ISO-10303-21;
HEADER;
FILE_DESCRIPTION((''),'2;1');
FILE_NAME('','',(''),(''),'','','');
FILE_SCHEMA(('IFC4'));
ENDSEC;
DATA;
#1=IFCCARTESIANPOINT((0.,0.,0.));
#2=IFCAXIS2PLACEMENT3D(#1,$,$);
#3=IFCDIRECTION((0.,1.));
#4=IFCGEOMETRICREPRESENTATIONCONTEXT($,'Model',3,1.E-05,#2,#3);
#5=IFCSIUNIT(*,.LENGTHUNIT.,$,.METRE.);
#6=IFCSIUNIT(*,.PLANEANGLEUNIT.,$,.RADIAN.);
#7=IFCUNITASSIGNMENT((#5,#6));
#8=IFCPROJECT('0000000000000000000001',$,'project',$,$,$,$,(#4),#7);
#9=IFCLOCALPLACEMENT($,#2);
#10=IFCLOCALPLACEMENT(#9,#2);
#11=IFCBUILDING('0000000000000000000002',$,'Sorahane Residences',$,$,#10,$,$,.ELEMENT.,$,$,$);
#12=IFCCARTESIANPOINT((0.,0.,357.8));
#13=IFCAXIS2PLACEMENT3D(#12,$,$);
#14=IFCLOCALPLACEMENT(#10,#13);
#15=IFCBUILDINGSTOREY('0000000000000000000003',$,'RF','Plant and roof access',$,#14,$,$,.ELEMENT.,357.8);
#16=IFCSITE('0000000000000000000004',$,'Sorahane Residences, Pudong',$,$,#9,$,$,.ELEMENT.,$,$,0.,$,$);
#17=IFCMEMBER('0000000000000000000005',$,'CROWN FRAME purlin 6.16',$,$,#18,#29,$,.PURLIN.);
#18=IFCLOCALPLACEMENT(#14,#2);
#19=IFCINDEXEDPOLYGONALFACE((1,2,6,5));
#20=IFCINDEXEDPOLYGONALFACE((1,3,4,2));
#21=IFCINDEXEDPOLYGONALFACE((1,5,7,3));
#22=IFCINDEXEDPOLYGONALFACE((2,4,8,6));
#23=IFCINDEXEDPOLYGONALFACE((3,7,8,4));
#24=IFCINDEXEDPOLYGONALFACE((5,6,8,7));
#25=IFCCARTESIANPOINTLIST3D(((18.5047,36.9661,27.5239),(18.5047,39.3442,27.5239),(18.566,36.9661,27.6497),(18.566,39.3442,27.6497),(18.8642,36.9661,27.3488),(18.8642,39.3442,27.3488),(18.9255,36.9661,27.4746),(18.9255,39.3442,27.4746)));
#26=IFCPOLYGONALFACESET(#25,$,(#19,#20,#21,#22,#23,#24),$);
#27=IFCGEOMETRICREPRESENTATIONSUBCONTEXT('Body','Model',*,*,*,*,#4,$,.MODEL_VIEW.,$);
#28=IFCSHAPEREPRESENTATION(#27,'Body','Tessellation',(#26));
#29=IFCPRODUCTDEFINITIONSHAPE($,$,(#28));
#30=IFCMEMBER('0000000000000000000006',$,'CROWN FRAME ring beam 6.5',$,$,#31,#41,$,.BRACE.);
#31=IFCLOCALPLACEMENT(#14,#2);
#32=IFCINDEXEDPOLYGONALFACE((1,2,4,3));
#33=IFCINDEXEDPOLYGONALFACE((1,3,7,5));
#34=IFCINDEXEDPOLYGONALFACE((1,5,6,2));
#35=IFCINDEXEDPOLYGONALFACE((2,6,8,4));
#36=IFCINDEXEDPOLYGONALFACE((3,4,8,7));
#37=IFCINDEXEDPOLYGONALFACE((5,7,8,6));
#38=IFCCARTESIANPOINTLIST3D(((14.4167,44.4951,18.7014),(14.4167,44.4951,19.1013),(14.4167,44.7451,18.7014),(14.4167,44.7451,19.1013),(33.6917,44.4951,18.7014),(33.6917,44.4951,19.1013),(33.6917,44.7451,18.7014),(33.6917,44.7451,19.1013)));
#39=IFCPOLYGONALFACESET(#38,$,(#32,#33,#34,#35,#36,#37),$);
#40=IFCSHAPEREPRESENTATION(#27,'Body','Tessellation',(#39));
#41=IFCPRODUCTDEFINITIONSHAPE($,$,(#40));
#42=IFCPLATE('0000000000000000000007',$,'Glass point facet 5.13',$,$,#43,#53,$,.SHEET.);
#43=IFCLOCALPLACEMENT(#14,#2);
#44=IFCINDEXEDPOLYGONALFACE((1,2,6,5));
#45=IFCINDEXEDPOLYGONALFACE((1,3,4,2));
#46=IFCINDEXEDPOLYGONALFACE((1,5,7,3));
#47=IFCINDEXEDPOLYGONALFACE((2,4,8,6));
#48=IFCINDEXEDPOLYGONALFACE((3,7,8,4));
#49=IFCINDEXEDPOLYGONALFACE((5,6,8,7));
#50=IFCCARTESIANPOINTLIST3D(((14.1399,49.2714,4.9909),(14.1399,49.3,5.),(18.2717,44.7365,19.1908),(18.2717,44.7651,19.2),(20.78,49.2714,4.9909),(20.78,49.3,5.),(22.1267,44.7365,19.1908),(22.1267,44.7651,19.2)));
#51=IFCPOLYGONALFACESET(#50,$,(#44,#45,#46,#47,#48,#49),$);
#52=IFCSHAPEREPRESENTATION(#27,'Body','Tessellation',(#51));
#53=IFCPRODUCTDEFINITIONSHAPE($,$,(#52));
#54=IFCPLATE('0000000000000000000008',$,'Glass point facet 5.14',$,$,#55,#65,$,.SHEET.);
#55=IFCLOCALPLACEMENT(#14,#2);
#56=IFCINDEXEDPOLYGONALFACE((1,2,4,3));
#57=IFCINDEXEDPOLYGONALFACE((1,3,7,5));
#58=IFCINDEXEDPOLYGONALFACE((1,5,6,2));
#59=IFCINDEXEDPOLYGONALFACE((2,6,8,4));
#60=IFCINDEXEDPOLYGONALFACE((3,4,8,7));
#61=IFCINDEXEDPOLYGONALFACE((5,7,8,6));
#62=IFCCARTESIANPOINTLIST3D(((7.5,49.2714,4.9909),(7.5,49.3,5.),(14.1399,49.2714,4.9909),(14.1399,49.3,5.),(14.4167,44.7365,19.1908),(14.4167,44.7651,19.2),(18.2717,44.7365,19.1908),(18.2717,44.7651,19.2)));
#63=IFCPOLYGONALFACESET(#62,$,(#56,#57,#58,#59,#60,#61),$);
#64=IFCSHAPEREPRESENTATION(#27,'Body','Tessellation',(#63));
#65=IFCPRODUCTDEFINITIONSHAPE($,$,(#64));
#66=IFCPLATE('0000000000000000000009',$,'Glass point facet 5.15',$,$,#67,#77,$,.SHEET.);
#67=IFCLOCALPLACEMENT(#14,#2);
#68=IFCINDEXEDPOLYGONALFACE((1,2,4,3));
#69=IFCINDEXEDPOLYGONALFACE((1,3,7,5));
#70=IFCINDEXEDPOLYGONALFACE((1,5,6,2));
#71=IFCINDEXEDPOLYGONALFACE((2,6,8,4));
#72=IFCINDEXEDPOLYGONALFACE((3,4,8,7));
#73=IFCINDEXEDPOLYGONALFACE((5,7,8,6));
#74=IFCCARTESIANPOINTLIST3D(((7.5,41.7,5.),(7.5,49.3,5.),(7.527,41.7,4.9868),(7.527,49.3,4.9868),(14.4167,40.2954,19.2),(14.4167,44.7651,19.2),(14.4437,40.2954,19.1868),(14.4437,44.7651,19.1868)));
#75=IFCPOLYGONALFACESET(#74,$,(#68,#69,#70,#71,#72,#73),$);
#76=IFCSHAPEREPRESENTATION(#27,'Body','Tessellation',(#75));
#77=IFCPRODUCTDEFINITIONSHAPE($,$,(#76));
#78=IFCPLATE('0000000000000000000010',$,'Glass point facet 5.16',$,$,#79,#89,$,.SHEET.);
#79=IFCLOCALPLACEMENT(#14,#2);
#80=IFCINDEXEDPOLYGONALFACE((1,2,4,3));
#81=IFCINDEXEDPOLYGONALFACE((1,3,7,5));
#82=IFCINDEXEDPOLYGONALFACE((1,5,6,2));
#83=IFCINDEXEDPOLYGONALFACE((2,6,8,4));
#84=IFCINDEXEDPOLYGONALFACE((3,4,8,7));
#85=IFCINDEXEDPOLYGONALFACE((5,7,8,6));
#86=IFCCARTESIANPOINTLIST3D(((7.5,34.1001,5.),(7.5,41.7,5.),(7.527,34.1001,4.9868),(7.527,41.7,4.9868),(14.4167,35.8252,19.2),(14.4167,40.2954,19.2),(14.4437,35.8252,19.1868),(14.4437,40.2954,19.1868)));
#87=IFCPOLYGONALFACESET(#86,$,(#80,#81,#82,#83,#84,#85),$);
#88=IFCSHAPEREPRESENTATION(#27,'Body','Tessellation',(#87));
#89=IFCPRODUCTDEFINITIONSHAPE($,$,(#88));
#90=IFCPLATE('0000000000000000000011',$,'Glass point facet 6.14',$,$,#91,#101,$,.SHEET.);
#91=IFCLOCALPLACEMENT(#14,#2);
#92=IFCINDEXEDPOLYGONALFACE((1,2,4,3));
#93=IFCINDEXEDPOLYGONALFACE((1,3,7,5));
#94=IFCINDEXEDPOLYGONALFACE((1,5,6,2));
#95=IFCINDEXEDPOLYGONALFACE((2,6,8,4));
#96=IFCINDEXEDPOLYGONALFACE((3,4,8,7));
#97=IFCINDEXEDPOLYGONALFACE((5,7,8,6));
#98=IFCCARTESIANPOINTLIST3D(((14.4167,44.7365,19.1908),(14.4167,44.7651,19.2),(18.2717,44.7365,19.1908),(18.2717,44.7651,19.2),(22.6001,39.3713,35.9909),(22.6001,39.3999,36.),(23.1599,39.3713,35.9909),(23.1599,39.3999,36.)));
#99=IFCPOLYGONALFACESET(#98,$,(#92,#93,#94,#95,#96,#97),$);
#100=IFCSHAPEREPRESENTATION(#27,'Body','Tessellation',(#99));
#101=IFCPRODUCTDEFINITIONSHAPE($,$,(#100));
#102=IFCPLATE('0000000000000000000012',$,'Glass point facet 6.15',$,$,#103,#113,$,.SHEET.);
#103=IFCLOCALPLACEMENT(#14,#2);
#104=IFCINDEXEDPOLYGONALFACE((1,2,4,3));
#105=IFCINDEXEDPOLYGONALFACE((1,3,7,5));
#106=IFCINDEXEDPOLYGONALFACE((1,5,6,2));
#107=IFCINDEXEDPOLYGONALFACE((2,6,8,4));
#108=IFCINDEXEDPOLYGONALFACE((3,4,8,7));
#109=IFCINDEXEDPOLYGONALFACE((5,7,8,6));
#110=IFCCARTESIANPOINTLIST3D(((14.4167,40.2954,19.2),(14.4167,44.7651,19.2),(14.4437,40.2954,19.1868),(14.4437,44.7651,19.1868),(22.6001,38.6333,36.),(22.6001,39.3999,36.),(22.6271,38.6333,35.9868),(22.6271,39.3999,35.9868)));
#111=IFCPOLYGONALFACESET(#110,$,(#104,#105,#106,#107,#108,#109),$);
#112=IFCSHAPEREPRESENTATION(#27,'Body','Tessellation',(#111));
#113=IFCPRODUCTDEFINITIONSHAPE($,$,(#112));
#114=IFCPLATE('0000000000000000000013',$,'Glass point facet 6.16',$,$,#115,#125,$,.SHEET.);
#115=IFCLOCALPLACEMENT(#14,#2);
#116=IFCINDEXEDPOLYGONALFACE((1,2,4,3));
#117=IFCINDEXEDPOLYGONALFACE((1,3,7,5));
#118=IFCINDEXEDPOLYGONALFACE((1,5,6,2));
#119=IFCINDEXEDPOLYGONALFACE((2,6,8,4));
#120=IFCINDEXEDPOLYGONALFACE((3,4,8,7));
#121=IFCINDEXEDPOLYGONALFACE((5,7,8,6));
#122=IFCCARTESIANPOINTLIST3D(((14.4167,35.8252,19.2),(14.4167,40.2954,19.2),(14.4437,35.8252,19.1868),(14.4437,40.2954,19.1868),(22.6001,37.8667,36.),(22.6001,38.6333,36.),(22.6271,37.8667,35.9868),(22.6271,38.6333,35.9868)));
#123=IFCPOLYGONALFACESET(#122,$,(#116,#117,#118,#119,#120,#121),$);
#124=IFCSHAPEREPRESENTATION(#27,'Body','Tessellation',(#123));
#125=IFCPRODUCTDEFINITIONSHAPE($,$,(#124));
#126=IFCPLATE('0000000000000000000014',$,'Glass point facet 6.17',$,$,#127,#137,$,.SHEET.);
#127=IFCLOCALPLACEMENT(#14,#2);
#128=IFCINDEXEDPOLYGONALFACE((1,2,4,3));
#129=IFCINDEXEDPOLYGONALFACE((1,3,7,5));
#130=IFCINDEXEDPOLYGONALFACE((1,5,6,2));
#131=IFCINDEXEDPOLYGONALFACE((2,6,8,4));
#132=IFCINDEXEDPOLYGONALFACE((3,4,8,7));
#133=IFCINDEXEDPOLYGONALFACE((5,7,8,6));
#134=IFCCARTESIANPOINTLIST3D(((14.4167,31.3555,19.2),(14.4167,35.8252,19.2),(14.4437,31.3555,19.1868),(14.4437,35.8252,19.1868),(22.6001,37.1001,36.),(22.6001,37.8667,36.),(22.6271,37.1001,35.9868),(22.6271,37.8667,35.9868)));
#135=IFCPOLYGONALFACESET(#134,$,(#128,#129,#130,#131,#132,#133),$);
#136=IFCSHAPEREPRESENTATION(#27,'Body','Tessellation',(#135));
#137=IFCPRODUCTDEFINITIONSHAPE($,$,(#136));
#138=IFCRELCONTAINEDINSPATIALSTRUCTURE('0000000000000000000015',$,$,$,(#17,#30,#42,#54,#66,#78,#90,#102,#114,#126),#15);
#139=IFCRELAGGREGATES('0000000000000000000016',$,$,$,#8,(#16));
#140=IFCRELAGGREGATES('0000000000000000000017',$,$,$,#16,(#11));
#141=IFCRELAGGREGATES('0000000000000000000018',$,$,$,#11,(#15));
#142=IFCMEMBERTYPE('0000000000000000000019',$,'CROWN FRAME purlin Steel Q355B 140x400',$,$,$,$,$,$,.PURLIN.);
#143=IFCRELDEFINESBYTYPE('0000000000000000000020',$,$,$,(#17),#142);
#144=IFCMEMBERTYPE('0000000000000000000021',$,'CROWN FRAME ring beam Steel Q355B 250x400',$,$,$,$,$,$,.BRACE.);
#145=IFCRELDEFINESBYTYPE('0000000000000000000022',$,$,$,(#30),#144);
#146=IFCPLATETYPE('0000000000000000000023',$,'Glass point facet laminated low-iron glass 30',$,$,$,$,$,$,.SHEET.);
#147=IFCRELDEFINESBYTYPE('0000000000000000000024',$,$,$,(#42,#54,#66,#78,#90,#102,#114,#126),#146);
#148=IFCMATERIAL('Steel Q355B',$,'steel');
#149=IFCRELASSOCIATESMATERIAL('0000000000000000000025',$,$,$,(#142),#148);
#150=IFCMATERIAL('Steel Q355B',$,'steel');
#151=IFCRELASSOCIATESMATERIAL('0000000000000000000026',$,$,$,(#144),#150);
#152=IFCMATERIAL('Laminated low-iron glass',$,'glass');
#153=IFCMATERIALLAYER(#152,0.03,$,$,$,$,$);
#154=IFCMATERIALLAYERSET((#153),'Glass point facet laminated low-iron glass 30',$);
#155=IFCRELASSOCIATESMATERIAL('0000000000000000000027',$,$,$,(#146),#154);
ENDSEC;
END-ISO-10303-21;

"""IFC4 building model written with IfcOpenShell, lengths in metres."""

from ifc_helpers import new_model, si_unit, direction, frame, origin, origin_2d, place, context, subcontext, project, spatial, polyline, rectangle, outline, extrude, material, layer, layer_set, material_profile, profile_set, type_object, element, save


model = new_model("IFC4")

# Units and contexts
model_context = context("Model", 3, precision=1e-05, world=origin(), true_north=direction((0.0, 1.0)))
body_context = subcontext(model_context, "Body", "Model", "MODEL_VIEW")
ifc_project = project(units=[si_unit("LENGTHUNIT", "METRE"), si_unit("PLANEANGLEUNIT", "RADIAN")], contexts=[model_context])

# Site, building, storey
site_placement = place(None, origin())
site = spatial("IfcSite", under=ifc_project, at=site_placement, Name="Sorahane Residences, Pudong", CompositionType="ELEMENT", RefElevation=0.0)
building_placement = place(site_placement, origin())
building = spatial("IfcBuilding", under=site, at=building_placement, Name="Sorahane Residences", CompositionType="ELEMENT")
storey_placement = place(building_placement, frame((0.0, 0.0, 357.8)))
storey = spatial("IfcBuildingStorey", under=building, at=storey_placement, Name="RF", Description="Plant and roof access", CompositionType="ELEMENT", Elevation=357.8)

# Members
ifc_material_1 = material(Name="Steel Q355B", Category="steel")
ifc_material_profile_1 = material_profile(ifc_material_1, rectangle(XDim=0.1399, YDim=0.3999, at=origin_2d()), Name="CROWN FRAME purlin Steel Q355B 140x400")
ifc_profile_set_1 = profile_set([ifc_material_profile_1], Name="Steel Q355B")
member_type_1 = type_object("IfcMemberType", Name="CROWN FRAME purlin Steel Q355B 140x400", PredefinedType="PURLIN", material=ifc_profile_set_1)
member_1_placement = place(storey_placement, frame((18.7151, 36.9661, 27.4993), z_axis=(0.0, 1.0, 0.0), x_axis=(-0.437908, 0.0, -0.89902)))
element("IfcMember", 1, at=member_1_placement, inside=storey, type_object=member_type_1, Name="CROWN FRAME purlin 6.16", PredefinedType="PURLIN", context=body_context, shape_type="SweptSolid", body=[
    extrude(rectangle(XDim=0.1399, YDim=0.3999, at=origin_2d()), origin(), (0.0, 0.0, 1.0), 2.3782),
])
ifc_material_2 = material(Name="Steel Q355B", Category="steel")
ifc_material_profile_2 = material_profile(ifc_material_2, rectangle(XDim=0.25, YDim=0.3999, at=origin_2d()), Name="CROWN FRAME ring beam Steel Q355B 250x400")
ifc_profile_set_2 = profile_set([ifc_material_profile_2], Name="Steel Q355B")
member_type_2 = type_object("IfcMemberType", Name="CROWN FRAME ring beam Steel Q355B 250x400", PredefinedType="BRACE", material=ifc_profile_set_2)
member_2_placement = place(storey_placement, frame((14.4167, 44.6201, 18.9014), z_axis=(1.0, 0.0, 0.0), x_axis=(0.0, 1.0, 0.0)))
element("IfcMember", 2, at=member_2_placement, inside=storey, type_object=member_type_2, Name="CROWN FRAME ring beam 6.5", PredefinedType="BRACE", context=body_context, shape_type="SweptSolid", body=[
    extrude(rectangle(XDim=0.25, YDim=0.3999, at=origin_2d()), origin(), (0.0, 0.0, 1.0), 19.2749),
])

# Plates
ifc_material_3 = material(Name="Laminated low-iron glass", Category="glass")
ifc_layer = layer(ifc_material_3, 0.03)
ifc_layer_set = layer_set([ifc_layer], Name="Glass point facet laminated low-iron glass 30")
plate_type = type_object("IfcPlateType", Name="Glass point facet laminated low-iron glass 30", PredefinedType="SHEET", material=ifc_layer_set)
plate_1_placement = place(storey_placement, frame((20.78, 49.3, 5.0), z_axis=(0.0, 0.952601, 0.304224), x_axis=(-1.0, 0.0, 0.0)))
element("IfcPlate", 3, at=plate_1_placement, inside=storey, type_object=plate_type, Name="Glass point facet 5.13", PredefinedType="SHEET", context=body_context, shape_type="SweptSolid", body=[
    extrude(outline(polyline([(0.0, 0.0), (6.6401, 0.0), (2.5083, 14.9065), (-1.3467, 14.9065), (0.0, 0.0)])), origin(), (0.0, 0.0, -1.0), 0.03),
])
plate_2_placement = place(storey_placement, frame((14.1399, 49.3, 5.0), z_axis=(0.0, 0.952601, 0.304224), x_axis=(-1.0, 0.0, 0.0)))
element("IfcPlate", 4, at=plate_2_placement, inside=storey, type_object=plate_type, Name="Glass point facet 5.14", PredefinedType="SHEET", context=body_context, shape_type="SweptSolid", body=[
    extrude(outline(polyline([(0.0, 0.0), (6.6399, 0.0), (-0.2769, 14.9065), (-4.1318, 14.9065), (0.0, 0.0)])), origin(), (0.0, 0.0, -1.0), 0.03),
])
plate_3_placement = place(storey_placement, frame((7.5, 49.3, 5.0), z_axis=(-0.899019, 0.0, 0.437909), x_axis=(0.0, -1.0, 0.0)))
element("IfcPlate", 5, at=plate_3_placement, inside=storey, type_object=plate_type, Name="Glass point facet 5.15", PredefinedType="SHEET", context=body_context, shape_type="SweptSolid", body=[
    extrude(outline(polyline([(0.0, 0.0), (7.6001, 0.0), (9.0046, 15.7949), (4.5349, 15.7949), (0.0, 0.0)])), origin(), (0.0, 0.0, -1.0), 0.03),
])
plate_4_placement = place(storey_placement, frame((7.5, 41.7, 5.0), z_axis=(-0.899019, 0.0, 0.437909), x_axis=(0.0, -1.0, 0.0)))
element("IfcPlate", 6, at=plate_4_placement, inside=storey, type_object=plate_type, Name="Glass point facet 5.16", PredefinedType="SHEET", context=body_context, shape_type="SweptSolid", body=[
    extrude(outline(polyline([(0.0, 0.0), (7.5999, 0.0), (5.8748, 15.7949), (1.4045, 15.7949), (0.0, 0.0)])), origin(), (0.0, 0.0, -1.0), 0.03),
])
plate_5_placement = place(storey_placement, frame((18.2717, 44.7651, 19.2), z_axis=(0.0, 0.952601, 0.304221), x_axis=(-1.0, 0.0, 0.0)))
element("IfcPlate", 7, at=plate_5_placement, inside=storey, type_object=plate_type, Name="Glass point facet 6.14", PredefinedType="SHEET", context=body_context, shape_type="SweptSolid", body=[
    extrude(outline(polyline([(0.0, 0.0), (3.855, 0.0), (-4.3284, 17.636), (-4.8882, 17.636), (0.0, 0.0)])), origin(), (0.0, 0.0, -1.0), 0.03),
])
plate_6_placement = place(storey_placement, frame((14.4167, 44.7651, 19.2), z_axis=(-0.899017, 0.0, 0.437914), x_axis=(0.0, -1.0, 0.0)))
element("IfcPlate", 8, at=plate_6_placement, inside=storey, type_object=plate_type, Name="Glass point facet 6.15", PredefinedType="SHEET", context=body_context, shape_type="SweptSolid", body=[
    extrude(outline(polyline([(0.0, 0.0), (4.4697, 0.0), (6.1318, 18.6871), (5.3652, 18.6871), (0.0, 0.0)])), origin(), (0.0, 0.0, -1.0), 0.03),
])
plate_7_placement = place(storey_placement, frame((14.4167, 40.2954, 19.2), z_axis=(-0.899017, 0.0, 0.437914), x_axis=(0.0, -1.0, 0.0)))
element("IfcPlate", 9, at=plate_7_placement, inside=storey, type_object=plate_type, Name="Glass point facet 6.16", PredefinedType="SHEET", context=body_context, shape_type="SweptSolid", body=[
    extrude(outline(polyline([(0.0, 0.0), (4.4702, 0.0), (2.4287, 18.6871), (1.6621, 18.6871), (0.0, 0.0)])), origin(), (0.0, 0.0, -1.0), 0.03),
])
plate_8_placement = place(storey_placement, frame((14.4167, 35.8252, 19.2), z_axis=(-0.899017, 0.0, 0.437914), x_axis=(0.0, -1.0, 0.0)))
element("IfcPlate", 10, at=plate_8_placement, inside=storey, type_object=plate_type, Name="Glass point facet 6.17", PredefinedType="SHEET", context=body_context, shape_type="SweptSolid", body=[
    extrude(outline(polyline([(0.0, 0.0), (4.4697, 0.0), (-1.2749, 18.6871), (-2.0415, 18.6871), (0.0, 0.0)])), origin(), (0.0, 0.0, -1.0), 0.03),
])

save(model, "model.ifc")
